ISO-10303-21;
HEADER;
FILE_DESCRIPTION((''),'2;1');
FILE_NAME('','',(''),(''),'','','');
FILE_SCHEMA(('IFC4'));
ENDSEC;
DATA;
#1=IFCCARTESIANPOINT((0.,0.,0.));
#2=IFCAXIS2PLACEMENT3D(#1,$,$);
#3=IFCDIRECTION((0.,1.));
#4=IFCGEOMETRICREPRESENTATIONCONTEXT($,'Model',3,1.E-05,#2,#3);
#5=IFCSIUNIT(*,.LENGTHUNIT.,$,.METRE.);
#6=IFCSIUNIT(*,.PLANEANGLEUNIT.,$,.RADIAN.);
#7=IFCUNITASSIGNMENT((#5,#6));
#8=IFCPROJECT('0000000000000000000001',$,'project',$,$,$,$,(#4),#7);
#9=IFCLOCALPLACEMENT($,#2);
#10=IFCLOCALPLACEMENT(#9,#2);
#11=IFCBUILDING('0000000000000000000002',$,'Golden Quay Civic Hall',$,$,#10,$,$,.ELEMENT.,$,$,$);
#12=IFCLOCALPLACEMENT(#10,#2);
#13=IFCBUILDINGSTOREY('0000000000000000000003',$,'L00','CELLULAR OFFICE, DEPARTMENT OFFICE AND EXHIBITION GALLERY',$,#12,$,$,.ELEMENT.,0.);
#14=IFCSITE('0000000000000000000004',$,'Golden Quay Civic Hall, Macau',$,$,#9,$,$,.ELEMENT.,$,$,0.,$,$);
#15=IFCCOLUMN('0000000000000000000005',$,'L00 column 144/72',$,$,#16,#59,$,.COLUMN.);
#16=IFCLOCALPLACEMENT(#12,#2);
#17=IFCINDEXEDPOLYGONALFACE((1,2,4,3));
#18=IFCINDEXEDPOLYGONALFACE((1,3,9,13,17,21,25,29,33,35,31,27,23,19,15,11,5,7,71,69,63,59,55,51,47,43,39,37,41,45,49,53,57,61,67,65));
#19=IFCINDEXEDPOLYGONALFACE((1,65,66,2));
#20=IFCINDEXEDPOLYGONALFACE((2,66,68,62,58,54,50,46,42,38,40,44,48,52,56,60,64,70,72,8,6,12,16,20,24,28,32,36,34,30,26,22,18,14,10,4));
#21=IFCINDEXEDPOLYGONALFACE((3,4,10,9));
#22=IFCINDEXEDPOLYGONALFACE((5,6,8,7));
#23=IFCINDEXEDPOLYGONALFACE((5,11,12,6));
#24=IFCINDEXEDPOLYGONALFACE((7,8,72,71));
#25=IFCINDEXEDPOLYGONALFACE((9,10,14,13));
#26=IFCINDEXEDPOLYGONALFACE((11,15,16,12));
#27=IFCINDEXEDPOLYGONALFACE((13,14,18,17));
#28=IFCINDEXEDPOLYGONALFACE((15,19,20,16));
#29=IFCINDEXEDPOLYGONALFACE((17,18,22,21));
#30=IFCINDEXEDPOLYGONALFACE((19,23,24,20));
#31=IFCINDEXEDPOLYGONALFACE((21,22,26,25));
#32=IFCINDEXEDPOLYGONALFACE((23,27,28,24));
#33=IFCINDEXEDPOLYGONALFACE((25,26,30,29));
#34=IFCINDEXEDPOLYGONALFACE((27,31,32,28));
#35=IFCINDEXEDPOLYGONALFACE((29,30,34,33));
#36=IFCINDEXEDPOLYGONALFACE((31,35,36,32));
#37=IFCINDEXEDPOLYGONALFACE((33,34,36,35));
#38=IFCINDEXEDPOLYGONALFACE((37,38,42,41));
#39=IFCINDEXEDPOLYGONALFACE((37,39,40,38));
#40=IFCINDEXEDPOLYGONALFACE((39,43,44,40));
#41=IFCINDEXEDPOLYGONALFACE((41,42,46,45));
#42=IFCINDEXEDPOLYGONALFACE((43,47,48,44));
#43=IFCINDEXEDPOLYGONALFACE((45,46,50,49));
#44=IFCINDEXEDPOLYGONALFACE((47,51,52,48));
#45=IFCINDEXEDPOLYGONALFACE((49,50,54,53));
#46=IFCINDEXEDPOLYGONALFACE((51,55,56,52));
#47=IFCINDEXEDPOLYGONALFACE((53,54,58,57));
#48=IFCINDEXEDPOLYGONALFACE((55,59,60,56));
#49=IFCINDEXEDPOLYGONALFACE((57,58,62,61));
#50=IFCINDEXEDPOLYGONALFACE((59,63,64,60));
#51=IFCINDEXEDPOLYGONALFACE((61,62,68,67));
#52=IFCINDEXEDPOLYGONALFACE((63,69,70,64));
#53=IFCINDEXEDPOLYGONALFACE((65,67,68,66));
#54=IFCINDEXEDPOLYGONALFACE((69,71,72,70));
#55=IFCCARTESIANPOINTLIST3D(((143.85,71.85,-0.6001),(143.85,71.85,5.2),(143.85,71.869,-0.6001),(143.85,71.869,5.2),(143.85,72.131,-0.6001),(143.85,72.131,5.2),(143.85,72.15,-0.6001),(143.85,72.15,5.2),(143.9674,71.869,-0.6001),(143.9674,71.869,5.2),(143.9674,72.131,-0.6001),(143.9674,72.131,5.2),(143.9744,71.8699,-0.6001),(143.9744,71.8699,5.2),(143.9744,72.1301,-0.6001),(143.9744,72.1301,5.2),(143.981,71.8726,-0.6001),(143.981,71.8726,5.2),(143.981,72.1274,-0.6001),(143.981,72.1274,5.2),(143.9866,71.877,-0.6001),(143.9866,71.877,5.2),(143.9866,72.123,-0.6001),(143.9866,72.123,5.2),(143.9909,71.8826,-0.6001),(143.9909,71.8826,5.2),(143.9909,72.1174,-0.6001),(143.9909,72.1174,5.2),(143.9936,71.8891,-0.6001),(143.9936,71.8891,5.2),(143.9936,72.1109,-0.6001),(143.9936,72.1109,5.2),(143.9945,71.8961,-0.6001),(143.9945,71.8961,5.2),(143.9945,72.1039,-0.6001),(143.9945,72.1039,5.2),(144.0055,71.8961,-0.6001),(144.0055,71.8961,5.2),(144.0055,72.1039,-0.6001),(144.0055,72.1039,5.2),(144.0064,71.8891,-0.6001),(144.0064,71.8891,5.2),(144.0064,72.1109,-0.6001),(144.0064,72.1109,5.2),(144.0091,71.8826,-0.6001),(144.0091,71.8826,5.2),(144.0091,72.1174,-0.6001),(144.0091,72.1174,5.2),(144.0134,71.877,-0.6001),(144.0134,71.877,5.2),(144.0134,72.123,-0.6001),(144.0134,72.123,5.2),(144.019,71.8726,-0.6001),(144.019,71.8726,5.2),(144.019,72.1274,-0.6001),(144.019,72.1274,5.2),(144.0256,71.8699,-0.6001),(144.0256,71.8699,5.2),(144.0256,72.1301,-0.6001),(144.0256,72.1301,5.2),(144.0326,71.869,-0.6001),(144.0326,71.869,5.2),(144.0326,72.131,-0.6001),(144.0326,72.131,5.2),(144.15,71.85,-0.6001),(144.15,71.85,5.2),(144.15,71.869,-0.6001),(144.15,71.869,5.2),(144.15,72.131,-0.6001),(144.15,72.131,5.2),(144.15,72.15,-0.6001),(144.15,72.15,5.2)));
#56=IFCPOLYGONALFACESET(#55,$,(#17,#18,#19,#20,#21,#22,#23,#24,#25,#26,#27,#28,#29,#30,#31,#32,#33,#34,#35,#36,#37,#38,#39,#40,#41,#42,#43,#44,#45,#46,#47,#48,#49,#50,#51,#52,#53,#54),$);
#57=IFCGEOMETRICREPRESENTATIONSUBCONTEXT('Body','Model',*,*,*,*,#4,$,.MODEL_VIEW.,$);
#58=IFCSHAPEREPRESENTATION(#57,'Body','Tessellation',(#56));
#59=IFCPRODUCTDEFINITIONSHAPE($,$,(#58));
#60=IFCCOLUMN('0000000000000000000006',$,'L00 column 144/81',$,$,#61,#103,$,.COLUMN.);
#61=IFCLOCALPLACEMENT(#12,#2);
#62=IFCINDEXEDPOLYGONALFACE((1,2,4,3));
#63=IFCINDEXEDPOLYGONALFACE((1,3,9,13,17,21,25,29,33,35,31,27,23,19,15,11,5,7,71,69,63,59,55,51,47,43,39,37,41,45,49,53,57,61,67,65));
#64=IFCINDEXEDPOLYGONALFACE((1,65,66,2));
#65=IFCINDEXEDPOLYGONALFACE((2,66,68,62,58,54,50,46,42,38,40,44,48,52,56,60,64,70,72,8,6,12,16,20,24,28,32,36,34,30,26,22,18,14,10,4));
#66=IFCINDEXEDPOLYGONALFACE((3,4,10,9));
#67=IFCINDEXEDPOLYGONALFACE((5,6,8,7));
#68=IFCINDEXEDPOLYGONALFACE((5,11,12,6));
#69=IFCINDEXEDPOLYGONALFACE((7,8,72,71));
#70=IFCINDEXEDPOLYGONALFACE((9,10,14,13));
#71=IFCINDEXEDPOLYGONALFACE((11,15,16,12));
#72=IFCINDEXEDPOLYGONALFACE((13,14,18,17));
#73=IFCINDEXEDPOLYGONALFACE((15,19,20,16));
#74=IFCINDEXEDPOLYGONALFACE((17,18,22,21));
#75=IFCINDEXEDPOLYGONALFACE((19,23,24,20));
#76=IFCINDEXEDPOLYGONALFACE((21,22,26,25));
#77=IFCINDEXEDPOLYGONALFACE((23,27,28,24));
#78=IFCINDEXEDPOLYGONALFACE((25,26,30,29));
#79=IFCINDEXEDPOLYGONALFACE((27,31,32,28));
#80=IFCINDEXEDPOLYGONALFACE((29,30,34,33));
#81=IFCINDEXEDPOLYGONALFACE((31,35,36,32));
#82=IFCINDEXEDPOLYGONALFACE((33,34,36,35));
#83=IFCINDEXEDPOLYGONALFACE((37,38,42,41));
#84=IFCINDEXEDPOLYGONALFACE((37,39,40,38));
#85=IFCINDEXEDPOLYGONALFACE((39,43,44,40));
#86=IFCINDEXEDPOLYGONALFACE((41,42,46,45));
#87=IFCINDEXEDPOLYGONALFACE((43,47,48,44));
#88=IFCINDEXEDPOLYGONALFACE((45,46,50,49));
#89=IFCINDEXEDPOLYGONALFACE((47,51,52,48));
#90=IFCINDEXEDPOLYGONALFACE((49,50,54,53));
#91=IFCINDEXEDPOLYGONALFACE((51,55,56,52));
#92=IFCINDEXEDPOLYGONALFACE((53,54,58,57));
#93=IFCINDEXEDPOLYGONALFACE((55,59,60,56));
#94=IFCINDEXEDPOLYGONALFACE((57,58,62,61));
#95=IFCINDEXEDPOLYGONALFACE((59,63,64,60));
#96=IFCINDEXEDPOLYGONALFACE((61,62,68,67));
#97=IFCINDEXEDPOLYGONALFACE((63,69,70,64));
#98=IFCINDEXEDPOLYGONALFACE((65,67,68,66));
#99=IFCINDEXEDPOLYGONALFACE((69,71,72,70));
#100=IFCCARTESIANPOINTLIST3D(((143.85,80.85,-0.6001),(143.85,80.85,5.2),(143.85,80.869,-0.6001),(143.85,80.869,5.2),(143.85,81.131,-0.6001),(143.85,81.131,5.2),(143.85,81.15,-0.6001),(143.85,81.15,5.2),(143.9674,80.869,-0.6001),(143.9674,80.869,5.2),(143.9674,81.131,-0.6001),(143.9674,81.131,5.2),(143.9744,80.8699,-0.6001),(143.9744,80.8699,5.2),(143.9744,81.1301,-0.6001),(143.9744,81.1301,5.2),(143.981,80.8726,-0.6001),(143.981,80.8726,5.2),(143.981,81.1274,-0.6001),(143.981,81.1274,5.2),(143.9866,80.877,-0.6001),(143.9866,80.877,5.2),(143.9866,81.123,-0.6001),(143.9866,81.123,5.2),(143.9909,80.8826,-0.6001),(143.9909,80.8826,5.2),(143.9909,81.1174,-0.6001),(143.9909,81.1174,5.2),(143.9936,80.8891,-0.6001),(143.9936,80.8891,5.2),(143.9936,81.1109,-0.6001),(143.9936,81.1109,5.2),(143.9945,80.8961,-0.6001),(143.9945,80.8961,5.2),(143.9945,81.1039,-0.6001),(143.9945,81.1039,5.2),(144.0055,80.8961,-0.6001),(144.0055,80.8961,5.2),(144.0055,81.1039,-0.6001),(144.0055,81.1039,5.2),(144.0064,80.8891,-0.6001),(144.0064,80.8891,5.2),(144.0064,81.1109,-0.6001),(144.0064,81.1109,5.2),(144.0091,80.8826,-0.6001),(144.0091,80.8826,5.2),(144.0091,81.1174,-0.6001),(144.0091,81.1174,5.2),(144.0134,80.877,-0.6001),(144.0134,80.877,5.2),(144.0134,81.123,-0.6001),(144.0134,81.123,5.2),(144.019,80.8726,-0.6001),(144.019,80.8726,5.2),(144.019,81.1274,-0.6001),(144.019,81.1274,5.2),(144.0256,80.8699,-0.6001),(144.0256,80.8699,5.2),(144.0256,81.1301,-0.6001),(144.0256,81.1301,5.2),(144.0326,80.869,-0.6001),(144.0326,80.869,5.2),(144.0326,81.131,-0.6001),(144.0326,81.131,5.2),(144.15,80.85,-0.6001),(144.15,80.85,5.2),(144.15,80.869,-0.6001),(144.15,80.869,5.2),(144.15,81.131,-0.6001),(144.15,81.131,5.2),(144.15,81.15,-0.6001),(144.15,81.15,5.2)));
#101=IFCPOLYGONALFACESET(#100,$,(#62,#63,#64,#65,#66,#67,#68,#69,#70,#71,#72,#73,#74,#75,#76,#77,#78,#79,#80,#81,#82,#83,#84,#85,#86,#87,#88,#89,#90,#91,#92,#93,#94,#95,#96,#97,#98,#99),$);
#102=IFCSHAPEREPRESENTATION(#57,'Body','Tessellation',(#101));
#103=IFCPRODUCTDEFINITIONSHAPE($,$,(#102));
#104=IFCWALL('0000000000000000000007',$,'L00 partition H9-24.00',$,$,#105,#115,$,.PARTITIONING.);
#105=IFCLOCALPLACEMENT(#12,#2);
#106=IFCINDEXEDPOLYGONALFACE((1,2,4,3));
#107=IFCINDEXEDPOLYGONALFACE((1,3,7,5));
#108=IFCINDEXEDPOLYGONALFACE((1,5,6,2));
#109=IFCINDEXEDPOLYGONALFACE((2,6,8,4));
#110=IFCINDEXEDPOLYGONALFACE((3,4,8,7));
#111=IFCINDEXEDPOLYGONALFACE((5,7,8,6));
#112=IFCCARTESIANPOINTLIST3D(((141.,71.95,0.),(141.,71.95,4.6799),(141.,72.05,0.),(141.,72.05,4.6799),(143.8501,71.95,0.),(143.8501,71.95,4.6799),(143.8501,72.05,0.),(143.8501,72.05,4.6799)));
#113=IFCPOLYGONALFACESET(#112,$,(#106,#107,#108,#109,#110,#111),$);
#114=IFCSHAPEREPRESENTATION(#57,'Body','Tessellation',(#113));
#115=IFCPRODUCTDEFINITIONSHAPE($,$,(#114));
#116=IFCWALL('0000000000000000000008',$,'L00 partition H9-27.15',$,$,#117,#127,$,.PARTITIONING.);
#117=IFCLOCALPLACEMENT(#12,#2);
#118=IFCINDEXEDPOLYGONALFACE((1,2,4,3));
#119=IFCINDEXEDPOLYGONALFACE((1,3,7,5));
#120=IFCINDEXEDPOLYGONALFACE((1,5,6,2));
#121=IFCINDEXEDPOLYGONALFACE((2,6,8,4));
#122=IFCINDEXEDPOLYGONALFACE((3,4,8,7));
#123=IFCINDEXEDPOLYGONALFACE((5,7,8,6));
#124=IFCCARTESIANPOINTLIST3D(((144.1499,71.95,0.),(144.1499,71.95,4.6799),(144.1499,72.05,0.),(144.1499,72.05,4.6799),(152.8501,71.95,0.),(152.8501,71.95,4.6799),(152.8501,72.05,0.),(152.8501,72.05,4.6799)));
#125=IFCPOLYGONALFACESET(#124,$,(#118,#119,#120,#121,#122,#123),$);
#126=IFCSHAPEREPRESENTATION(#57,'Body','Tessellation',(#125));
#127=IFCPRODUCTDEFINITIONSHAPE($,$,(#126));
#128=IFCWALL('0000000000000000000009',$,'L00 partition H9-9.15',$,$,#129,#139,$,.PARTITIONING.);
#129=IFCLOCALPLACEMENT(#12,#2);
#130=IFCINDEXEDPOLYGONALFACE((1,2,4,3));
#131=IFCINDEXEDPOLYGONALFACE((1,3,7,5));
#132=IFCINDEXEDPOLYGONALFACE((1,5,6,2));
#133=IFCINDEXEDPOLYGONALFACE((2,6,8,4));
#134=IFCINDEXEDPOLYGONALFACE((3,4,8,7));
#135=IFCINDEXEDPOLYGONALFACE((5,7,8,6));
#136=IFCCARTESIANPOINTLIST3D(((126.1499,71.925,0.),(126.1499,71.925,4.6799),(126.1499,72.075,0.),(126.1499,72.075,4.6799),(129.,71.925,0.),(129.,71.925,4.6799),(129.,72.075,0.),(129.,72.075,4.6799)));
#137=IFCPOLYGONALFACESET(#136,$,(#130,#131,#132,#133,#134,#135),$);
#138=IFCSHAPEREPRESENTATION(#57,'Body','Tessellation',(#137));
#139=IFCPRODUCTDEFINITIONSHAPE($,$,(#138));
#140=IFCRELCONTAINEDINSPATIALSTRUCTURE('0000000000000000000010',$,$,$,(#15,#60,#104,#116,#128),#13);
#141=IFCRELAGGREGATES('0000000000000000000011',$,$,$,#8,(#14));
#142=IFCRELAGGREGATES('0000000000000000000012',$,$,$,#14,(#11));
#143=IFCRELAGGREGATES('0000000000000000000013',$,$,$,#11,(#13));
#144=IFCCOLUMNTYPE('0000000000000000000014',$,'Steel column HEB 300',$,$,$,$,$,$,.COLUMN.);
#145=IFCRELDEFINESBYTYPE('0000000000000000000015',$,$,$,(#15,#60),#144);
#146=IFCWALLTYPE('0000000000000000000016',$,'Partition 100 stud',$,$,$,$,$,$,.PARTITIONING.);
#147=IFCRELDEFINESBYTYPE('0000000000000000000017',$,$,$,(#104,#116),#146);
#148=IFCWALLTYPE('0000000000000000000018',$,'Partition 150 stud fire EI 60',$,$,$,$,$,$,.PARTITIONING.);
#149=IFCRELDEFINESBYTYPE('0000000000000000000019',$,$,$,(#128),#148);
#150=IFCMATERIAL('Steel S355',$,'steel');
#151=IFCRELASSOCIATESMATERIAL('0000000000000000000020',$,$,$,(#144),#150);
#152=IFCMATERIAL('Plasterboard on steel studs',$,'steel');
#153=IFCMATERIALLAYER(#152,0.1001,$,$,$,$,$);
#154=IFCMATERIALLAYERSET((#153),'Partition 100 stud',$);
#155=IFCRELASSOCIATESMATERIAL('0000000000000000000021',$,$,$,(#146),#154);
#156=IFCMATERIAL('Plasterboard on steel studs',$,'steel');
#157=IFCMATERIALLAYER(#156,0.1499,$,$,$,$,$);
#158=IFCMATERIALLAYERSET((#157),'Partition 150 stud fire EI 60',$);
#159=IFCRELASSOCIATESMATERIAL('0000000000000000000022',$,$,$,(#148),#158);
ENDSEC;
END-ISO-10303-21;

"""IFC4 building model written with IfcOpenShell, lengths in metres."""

from ifc_helpers import new_model, si_unit, direction, frame, frame_2d, origin, origin_2d, place, context, subcontext, project, spatial, rectangle, i_section, extrude, material, layer, layer_set, material_profile, profile_set, type_object, element, save


model = new_model("IFC4")

# Units and contexts
model_context = context("Model", 3, precision=1e-05, world=origin(), true_north=direction((0.0, 1.0)))
body_context = subcontext(model_context, "Body", "Model", "MODEL_VIEW")
ifc_project = project(units=[si_unit("LENGTHUNIT", "METRE"), si_unit("PLANEANGLEUNIT", "RADIAN")], contexts=[model_context])

# Site, building, storey
site_placement = place(None, origin())
site = spatial("IfcSite", under=ifc_project, at=site_placement, Name="Golden Quay Civic Hall, Macau", CompositionType="ELEMENT", RefElevation=0.0)
building_placement = place(site_placement, origin())
building = spatial("IfcBuilding", under=site, at=building_placement, Name="Golden Quay Civic Hall", CompositionType="ELEMENT")
storey_placement = place(building_placement, origin())
storey = spatial("IfcBuildingStorey", under=building, at=storey_placement, Name="L00", Description="CELLULAR OFFICE, DEPARTMENT OFFICE AND EXHIBITION GALLERY", CompositionType="ELEMENT", Elevation=0.0)

# Columns
ifc_material_1 = material(Name="Steel S355", Category="steel")
ifc_material_profile_1 = material_profile(ifc_material_1, i_section(OverallWidth=0.3, OverallDepth=0.3, WebThickness=0.011, FlangeThickness=0.019, FilletRadius=0.0271, at=origin_2d()), Name="HEB 300")
ifc_profile_set_1 = profile_set([ifc_material_profile_1], Name="Steel S355")
column_type = type_object("IfcColumnType", Name="Steel column HEB 300", PredefinedType="COLUMN", material=ifc_profile_set_1)
for number, where, z_axis, x_axis, name in (
    (1, (144.0, 72.0, -0.6001), (0.0, 0.0, 1.0), (1.0, 0.0, 0.0), "L00 column 144/72"),
    (2, (144.0, 81.0, -0.6001), (0.0, 0.0, 1.0), (1.0, 0.0, 0.0), "L00 column 144/81"),
):
    element("IfcColumn", number, at=place(storey_placement, frame(where, z_axis=z_axis, x_axis=x_axis)), inside=storey, type_object=column_type, Name=name, PredefinedType="COLUMN", context=body_context, shape_type="SweptSolid", body=[
        extrude(i_section(OverallWidth=0.3, OverallDepth=0.3, WebThickness=0.011, FlangeThickness=0.019, FilletRadius=0.0271, at=origin_2d()), origin(), (0.0, 0.0, 1.0), 5.8),
    ])

# Walls
ifc_material_2 = material(Name="Plasterboard on steel studs", Category="steel")
ifc_layer_1 = layer(ifc_material_2, 0.1001)
ifc_layer_set_1 = layer_set([ifc_layer_1], Name="Partition 100 stud")
wall_type_1 = type_object("IfcWallType", Name="Partition 100 stud", PredefinedType="PARTITIONING", material=ifc_layer_set_1)
wall_1_placement = place(storey_placement, frame((141.0, 72.0, 0.0), z_axis=(0.0, 0.0, 1.0), x_axis=(1.0, 0.0, 0.0)))
element("IfcWall", 3, at=wall_1_placement, inside=storey, type_object=wall_type_1, Name="L00 partition H9-24.00", PredefinedType="PARTITIONING", context=body_context, shape_type="SweptSolid", body=[
    extrude(rectangle(XDim=2.8501, YDim=0.1001, at=frame_2d((1.425, 0.0))), origin(), (0.0, 0.0, 1.0), 4.6799),
])
wall_2_placement = place(storey_placement, frame((144.1499, 72.0, 0.0), z_axis=(0.0, 0.0, 1.0), x_axis=(1.0, 0.0, 0.0)))
element("IfcWall", 4, at=wall_2_placement, inside=storey, type_object=wall_type_1, Name="L00 partition H9-27.15", PredefinedType="PARTITIONING", context=body_context, shape_type="SweptSolid", body=[
    extrude(rectangle(XDim=8.7002, YDim=0.1001, at=frame_2d((4.3501, 0.0))), origin(), (0.0, 0.0, 1.0), 4.6799),
])
ifc_material_3 = material(Name="Plasterboard on steel studs", Category="steel")
ifc_layer_2 = layer(ifc_material_3, 0.1499)
ifc_layer_set_2 = layer_set([ifc_layer_2], Name="Partition 150 stud fire EI 60")
wall_type_2 = type_object("IfcWallType", Name="Partition 150 stud fire EI 60", PredefinedType="PARTITIONING", material=ifc_layer_set_2)
wall_3_placement = place(storey_placement, frame((126.1499, 72.0, 0.0), z_axis=(0.0, 0.0, 1.0), x_axis=(1.0, 0.0, 0.0)))
element("IfcWall", 5, at=wall_3_placement, inside=storey, type_object=wall_type_2, Name="L00 partition H9-9.15", PredefinedType="PARTITIONING", context=body_context, shape_type="SweptSolid", body=[
    extrude(rectangle(XDim=2.8501, YDim=0.1499, at=frame_2d((1.425, 0.0))), origin(), (0.0, 0.0, 1.0), 4.6799),
])

save(model, "model.ifc")
